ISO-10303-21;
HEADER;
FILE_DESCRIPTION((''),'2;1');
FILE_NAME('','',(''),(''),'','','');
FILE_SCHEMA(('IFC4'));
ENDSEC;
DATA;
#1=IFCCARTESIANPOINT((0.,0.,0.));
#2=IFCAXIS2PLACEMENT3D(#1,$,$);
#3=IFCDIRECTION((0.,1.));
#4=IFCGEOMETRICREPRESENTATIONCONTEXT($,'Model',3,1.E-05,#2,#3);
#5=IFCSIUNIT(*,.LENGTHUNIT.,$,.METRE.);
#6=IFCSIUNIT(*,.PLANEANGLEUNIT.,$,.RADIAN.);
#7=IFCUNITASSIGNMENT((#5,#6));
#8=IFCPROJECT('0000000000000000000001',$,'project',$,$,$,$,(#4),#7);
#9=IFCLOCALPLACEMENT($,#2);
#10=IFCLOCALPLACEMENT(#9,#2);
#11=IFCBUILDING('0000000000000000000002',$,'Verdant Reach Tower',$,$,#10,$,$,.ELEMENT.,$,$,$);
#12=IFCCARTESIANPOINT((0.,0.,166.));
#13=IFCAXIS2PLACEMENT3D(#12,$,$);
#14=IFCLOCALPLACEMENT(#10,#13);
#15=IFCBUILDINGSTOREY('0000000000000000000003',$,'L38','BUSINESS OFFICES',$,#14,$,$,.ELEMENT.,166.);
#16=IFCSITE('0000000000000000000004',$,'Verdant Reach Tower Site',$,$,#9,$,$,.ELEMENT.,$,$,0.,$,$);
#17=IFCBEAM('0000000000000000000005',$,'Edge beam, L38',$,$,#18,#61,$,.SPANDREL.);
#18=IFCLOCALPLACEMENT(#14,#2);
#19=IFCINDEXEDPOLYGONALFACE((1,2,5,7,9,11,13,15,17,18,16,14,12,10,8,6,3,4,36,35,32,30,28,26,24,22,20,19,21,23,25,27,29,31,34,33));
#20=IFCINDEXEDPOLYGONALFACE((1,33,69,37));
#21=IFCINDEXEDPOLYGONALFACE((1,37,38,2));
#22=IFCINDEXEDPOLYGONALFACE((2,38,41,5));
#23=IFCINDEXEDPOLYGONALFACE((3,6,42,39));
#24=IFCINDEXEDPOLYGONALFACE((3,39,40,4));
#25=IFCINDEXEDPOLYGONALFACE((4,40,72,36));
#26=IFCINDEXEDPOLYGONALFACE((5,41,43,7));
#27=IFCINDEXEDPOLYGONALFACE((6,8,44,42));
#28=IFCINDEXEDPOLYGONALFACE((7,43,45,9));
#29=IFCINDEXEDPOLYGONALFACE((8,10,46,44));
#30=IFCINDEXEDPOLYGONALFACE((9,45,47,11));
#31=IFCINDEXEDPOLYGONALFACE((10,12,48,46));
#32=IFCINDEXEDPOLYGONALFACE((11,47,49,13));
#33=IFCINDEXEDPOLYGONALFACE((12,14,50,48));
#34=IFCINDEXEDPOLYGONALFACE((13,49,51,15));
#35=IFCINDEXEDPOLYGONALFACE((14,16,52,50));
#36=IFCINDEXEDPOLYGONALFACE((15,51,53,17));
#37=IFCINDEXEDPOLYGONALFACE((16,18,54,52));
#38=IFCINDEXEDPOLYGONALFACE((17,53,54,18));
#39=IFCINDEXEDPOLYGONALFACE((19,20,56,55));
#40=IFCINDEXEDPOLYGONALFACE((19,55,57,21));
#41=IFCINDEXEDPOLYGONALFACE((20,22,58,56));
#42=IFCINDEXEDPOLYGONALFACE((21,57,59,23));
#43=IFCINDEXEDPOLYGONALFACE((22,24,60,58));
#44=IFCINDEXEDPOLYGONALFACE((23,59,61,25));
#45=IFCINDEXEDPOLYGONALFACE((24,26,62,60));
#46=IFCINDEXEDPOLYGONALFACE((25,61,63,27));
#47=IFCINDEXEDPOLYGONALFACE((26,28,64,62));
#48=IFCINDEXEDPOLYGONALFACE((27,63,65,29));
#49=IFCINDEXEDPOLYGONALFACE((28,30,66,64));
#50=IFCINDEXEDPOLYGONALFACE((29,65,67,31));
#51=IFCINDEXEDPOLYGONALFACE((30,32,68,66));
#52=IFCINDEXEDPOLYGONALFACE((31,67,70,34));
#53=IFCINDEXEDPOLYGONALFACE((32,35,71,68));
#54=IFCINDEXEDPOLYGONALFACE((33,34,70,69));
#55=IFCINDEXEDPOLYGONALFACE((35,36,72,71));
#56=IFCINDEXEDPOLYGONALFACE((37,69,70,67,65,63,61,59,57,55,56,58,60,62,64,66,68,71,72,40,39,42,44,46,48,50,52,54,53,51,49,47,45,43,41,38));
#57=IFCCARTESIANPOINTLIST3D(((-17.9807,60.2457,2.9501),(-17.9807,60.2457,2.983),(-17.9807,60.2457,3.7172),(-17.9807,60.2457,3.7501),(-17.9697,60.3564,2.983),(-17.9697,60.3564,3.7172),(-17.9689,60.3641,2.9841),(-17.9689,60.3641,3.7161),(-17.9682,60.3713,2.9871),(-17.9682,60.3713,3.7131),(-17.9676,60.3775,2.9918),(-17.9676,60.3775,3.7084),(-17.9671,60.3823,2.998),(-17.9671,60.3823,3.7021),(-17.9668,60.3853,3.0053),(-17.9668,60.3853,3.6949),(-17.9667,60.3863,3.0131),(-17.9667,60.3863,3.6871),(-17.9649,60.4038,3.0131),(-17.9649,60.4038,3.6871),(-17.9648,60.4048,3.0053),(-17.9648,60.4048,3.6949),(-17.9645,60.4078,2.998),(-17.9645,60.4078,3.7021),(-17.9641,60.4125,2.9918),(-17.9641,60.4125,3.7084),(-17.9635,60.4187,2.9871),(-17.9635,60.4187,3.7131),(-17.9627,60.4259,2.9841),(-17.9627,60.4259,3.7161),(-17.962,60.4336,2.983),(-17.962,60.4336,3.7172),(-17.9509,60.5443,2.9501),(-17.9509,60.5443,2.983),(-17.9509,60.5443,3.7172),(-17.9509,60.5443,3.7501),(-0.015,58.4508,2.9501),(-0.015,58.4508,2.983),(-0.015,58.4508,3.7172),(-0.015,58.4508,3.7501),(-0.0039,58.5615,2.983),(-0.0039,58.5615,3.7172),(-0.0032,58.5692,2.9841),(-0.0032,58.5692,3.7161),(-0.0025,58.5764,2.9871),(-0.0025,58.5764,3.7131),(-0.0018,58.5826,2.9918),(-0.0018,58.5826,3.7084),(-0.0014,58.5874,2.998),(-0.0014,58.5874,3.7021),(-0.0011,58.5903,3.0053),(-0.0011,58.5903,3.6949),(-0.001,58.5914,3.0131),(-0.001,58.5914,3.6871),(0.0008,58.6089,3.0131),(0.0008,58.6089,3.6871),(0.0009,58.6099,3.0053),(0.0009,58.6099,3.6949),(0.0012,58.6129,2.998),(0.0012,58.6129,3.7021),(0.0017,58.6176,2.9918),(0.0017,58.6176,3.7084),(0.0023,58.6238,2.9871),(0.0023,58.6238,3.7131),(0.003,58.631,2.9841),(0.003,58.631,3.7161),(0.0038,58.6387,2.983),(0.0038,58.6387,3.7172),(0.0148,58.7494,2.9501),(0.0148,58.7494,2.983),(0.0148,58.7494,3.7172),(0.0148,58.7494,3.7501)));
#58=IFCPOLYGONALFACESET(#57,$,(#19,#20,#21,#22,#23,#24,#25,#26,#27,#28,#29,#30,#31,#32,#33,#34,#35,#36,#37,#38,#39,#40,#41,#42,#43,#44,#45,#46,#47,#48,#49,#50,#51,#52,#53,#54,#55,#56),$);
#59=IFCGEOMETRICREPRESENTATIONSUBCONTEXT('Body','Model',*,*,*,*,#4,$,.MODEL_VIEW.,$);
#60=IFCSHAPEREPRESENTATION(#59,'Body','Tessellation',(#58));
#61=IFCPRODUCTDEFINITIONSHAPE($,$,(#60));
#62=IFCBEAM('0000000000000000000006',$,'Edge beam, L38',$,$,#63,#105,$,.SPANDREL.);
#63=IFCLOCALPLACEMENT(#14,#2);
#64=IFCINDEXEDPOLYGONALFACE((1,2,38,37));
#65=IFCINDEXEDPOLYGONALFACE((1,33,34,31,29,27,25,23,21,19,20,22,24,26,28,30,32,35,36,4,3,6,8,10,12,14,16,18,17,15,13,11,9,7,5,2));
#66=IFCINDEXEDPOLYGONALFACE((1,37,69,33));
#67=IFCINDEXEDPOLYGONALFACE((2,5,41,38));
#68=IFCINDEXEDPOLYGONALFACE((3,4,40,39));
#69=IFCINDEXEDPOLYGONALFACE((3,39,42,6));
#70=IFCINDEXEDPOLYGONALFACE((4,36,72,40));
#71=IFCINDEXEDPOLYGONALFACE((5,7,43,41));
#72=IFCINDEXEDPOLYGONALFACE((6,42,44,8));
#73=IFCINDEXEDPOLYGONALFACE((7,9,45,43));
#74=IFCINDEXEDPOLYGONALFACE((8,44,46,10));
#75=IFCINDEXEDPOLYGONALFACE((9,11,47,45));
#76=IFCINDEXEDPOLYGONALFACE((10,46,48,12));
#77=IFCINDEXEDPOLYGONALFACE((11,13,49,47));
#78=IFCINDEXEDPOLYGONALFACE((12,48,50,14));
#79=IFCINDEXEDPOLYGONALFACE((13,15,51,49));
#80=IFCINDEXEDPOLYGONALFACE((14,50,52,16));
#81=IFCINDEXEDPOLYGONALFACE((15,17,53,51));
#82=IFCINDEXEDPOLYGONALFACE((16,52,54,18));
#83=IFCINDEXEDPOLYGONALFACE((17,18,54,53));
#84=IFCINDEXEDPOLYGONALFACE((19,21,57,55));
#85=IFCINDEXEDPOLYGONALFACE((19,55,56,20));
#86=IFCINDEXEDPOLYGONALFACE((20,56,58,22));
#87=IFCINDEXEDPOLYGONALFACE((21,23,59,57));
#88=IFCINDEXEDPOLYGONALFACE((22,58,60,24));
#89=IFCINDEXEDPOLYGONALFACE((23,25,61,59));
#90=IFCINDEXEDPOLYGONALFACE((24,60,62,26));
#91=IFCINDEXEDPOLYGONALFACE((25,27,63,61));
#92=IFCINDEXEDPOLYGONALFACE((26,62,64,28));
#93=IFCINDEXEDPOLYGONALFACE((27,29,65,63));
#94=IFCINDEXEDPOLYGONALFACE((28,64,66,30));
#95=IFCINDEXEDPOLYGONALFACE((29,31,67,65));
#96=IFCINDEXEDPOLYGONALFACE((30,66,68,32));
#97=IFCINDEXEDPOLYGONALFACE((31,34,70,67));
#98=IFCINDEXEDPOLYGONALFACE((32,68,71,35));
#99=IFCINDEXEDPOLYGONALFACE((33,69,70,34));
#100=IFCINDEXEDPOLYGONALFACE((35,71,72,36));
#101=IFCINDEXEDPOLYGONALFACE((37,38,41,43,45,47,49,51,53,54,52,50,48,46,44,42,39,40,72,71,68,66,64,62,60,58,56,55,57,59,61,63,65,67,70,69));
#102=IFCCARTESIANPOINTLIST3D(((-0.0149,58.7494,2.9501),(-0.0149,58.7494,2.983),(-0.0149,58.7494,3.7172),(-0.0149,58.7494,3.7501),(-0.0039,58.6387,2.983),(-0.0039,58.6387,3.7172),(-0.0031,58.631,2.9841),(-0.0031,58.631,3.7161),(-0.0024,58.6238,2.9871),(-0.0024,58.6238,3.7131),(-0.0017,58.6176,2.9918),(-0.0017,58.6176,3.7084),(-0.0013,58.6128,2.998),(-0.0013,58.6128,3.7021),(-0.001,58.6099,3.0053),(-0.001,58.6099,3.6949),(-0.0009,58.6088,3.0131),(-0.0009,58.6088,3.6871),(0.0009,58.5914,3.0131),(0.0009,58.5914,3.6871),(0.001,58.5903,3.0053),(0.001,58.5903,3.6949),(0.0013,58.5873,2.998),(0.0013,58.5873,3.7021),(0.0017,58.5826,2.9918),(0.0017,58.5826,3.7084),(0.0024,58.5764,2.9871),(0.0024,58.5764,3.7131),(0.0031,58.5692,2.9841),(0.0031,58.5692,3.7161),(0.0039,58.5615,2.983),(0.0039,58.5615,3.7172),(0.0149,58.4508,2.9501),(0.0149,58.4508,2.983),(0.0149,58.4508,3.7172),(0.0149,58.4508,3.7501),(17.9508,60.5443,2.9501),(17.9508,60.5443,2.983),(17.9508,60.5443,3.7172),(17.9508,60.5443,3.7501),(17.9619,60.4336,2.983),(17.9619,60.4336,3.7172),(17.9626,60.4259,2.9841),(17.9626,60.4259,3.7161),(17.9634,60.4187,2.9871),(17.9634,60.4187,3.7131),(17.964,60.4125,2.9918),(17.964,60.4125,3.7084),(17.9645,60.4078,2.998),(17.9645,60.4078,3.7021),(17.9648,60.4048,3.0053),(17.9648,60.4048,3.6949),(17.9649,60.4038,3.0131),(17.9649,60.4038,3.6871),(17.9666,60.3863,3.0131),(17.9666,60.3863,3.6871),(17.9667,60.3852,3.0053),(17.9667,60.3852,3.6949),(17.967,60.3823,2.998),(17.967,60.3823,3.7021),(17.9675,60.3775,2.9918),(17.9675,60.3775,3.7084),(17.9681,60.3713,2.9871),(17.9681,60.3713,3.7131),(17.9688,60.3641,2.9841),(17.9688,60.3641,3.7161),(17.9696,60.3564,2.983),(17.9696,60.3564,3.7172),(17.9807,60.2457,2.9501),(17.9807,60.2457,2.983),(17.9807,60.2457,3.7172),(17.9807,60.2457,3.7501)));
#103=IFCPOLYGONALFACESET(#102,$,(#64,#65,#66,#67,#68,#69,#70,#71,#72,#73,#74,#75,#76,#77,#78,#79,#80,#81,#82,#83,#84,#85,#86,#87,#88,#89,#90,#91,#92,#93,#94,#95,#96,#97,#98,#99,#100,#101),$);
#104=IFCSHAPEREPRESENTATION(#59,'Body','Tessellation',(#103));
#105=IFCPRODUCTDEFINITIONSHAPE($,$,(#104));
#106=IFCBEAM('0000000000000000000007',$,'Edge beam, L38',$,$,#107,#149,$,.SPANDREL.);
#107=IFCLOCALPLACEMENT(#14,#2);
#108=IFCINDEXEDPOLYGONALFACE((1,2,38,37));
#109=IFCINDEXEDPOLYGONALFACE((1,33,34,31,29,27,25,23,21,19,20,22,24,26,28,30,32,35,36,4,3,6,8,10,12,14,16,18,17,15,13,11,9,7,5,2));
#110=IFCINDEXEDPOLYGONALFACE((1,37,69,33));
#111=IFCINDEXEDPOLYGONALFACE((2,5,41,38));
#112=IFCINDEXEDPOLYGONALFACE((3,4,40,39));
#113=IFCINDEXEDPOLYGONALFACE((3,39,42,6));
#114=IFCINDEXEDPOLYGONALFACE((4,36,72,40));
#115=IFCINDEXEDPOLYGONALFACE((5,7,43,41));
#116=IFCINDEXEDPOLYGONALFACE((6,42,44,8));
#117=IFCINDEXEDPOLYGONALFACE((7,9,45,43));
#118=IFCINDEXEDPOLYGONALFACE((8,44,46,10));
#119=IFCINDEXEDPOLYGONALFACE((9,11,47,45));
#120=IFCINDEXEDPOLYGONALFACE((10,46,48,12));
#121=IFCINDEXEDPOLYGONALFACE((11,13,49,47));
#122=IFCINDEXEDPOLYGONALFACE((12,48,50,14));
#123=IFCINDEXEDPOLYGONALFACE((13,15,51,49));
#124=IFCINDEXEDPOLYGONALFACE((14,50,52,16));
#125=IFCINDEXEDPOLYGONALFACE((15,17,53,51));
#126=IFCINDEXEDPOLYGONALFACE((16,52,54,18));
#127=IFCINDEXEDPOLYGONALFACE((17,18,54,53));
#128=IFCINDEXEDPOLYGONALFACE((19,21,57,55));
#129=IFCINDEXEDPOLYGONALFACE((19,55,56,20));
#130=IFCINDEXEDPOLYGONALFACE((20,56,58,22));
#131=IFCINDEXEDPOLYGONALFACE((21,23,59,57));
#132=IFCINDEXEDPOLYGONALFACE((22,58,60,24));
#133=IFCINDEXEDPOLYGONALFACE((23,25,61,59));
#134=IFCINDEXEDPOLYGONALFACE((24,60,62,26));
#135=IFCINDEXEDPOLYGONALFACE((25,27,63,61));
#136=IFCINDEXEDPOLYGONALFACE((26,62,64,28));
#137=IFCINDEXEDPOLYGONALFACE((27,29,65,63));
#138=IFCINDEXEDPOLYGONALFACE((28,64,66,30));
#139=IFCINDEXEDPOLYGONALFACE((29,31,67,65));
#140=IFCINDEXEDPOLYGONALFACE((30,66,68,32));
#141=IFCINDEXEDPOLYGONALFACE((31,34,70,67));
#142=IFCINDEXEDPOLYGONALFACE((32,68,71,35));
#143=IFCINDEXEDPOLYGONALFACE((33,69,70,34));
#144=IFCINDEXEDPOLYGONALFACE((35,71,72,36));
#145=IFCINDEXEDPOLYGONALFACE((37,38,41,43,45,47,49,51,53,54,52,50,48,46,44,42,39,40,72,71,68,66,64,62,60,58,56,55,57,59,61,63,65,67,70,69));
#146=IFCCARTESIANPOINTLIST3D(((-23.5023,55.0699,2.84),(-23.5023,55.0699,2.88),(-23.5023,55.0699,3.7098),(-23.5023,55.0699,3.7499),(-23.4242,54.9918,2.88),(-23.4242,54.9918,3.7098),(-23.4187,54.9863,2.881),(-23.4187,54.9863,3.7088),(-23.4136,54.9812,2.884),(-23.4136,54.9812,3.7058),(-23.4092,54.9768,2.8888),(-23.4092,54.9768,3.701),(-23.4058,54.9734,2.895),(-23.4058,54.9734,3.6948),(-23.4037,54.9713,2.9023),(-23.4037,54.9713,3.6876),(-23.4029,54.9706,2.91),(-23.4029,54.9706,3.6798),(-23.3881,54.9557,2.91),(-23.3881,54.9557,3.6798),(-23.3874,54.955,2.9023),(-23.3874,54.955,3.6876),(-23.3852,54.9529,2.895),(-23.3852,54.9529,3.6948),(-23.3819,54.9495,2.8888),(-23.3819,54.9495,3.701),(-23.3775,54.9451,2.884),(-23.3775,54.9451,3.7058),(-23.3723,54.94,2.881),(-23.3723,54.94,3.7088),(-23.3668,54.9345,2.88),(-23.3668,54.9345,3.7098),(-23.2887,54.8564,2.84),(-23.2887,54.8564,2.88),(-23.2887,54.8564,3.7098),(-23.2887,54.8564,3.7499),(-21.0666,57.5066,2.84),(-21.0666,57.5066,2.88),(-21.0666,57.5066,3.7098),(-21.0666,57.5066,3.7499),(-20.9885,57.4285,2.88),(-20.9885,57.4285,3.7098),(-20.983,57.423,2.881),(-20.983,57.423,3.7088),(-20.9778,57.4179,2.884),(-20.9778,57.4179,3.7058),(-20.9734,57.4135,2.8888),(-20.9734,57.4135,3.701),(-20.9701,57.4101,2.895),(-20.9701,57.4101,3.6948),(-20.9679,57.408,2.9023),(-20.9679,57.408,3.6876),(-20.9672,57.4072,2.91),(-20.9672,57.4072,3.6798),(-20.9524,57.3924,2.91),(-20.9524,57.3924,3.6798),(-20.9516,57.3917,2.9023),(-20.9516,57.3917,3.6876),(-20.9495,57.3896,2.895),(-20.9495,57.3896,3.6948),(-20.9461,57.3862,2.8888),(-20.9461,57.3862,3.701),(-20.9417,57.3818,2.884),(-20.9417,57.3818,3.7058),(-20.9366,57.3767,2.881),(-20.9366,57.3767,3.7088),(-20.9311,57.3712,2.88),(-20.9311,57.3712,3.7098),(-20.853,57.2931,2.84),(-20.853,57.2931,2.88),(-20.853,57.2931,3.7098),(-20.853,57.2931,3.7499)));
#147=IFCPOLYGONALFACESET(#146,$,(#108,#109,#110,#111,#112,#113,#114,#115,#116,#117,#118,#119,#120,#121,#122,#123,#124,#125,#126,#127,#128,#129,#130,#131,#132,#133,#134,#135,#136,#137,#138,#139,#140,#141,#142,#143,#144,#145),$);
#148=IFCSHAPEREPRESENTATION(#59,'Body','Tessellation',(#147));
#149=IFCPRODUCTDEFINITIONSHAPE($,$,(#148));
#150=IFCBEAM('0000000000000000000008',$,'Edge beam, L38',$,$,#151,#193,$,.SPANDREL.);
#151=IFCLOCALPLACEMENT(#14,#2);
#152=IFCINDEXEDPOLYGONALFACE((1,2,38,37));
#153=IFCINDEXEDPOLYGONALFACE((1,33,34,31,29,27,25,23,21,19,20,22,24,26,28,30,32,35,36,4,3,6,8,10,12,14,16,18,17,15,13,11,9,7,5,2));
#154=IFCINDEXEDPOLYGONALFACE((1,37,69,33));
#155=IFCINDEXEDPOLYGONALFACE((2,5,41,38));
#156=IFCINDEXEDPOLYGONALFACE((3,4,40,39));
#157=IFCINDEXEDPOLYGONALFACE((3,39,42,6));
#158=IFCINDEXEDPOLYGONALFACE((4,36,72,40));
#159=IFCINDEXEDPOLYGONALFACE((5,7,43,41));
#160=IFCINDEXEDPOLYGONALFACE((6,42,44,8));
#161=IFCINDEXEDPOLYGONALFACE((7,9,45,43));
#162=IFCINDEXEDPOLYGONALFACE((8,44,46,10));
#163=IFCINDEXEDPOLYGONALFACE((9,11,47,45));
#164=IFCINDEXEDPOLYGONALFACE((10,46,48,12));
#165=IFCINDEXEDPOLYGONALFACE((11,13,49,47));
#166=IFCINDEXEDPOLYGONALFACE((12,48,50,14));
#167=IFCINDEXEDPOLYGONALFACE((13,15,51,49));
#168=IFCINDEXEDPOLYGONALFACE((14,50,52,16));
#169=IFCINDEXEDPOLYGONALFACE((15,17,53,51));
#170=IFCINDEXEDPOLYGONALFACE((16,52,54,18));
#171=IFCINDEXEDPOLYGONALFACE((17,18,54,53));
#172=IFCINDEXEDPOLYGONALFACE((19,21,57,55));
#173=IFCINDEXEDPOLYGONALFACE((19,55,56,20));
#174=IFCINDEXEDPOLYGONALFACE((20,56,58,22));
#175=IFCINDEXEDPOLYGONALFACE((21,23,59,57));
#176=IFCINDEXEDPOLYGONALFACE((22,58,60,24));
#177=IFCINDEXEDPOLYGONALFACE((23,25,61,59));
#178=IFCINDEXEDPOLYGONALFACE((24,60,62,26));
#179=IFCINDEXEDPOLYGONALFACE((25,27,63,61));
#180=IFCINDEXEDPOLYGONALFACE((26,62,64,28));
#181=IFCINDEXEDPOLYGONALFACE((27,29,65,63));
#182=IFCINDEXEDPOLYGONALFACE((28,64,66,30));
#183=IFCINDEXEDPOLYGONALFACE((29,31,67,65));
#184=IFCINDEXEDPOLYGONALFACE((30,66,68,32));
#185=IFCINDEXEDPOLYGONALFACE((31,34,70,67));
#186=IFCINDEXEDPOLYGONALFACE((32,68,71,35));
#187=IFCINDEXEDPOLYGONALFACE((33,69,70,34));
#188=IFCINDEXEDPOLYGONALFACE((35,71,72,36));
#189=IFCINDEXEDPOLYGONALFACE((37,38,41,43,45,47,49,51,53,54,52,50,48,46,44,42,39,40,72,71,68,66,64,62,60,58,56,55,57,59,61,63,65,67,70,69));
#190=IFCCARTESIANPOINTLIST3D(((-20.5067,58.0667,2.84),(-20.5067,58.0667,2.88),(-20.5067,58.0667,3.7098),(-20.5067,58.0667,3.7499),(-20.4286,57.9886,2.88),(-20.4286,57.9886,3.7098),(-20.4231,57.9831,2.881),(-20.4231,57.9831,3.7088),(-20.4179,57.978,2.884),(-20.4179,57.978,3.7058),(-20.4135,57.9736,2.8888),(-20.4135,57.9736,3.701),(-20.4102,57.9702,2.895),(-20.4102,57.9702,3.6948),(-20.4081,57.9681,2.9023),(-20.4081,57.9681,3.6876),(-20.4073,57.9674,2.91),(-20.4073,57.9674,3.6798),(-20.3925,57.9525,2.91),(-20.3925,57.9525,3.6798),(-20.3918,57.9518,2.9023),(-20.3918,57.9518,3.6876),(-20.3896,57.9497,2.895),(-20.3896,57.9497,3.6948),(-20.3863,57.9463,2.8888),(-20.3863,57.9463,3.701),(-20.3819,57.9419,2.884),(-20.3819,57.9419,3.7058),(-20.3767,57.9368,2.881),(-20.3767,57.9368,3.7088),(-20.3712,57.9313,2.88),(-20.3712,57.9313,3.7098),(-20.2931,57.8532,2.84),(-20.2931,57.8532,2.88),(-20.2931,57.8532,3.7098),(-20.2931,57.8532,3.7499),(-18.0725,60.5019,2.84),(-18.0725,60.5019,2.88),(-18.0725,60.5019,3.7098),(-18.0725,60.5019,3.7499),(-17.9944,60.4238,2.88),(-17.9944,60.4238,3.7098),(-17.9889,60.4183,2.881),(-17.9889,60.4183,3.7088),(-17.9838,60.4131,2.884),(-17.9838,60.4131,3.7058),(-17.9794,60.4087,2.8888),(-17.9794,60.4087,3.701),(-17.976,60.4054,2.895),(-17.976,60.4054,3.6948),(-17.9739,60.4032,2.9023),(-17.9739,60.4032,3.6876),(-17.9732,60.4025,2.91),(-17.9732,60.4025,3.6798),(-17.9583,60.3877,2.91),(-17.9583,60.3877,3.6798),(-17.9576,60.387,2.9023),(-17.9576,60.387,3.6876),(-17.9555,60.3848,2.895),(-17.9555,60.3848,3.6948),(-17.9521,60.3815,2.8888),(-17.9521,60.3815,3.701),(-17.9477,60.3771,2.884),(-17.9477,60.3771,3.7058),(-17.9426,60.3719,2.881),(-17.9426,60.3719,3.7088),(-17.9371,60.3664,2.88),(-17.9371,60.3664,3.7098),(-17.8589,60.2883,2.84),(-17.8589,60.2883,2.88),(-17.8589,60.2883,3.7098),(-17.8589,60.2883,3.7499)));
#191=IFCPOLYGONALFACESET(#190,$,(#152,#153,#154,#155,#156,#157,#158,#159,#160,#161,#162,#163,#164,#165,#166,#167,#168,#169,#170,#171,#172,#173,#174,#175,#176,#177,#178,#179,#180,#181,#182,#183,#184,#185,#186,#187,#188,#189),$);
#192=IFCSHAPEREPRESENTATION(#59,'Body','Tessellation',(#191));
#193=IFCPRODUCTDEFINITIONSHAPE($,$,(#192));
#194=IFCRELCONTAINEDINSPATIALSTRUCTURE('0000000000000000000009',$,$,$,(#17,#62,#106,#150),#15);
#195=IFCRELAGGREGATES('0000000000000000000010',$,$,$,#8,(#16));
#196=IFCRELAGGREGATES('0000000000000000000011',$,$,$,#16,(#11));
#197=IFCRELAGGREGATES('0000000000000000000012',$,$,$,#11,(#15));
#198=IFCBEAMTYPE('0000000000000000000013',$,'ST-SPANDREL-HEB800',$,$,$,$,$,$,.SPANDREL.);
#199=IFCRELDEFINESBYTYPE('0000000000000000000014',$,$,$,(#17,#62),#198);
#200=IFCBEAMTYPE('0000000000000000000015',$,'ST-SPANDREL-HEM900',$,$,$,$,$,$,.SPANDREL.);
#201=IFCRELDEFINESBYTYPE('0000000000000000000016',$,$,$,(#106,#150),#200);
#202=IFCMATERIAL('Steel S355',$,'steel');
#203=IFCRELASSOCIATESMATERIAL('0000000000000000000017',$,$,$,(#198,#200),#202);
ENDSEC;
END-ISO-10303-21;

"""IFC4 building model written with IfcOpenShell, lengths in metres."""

from ifc_helpers import new_model, si_unit, direction, frame, origin, origin_2d, place, context, subcontext, project, spatial, i_section, extrude, material, material_profile, profile_set, type_object, element, save


model = new_model("IFC4")

# Units and contexts
model_context = context("Model", 3, precision=1e-05, world=origin(), true_north=direction((0.0, 1.0)))
body_context = subcontext(model_context, "Body", "Model", "MODEL_VIEW")
ifc_project = project(units=[si_unit("LENGTHUNIT", "METRE"), si_unit("PLANEANGLEUNIT", "RADIAN")], contexts=[model_context])

# Site, building, storey
site_placement = place(None, origin())
site = spatial("IfcSite", under=ifc_project, at=site_placement, Name="Verdant Reach Tower Site", CompositionType="ELEMENT", RefElevation=0.0)
building_placement = place(site_placement, origin())
building = spatial("IfcBuilding", under=site, at=building_placement, Name="Verdant Reach Tower", CompositionType="ELEMENT")
storey_placement = place(building_placement, frame((0.0, 0.0, 166.0)))
storey = spatial("IfcBuildingStorey", under=building, at=storey_placement, Name="L38", Description="BUSINESS OFFICES", CompositionType="ELEMENT", Elevation=166.0)

# Beams
ifc_material_1 = material(Name="Steel S355", Category="steel")
ifc_material_profile_1 = material_profile(ifc_material_1, i_section(OverallWidth=0.3, OverallDepth=0.8, WebThickness=0.0176, FlangeThickness=0.033, FilletRadius=0.03, at=origin_2d()), Name="HEB 800")
ifc_profile_set_1 = profile_set([ifc_material_profile_1], Name="Steel S355")
beam_type_1 = type_object("IfcBeamType", Name="ST-SPANDREL-HEB800", PredefinedType="SPANDREL", material=ifc_profile_set_1)
for number, where, z_axis, x_axis, name in (
    (1, (-17.9658, 60.395, 3.3501), (0.995046, -0.099413, 0.0), (0.099413, 0.995046, 0.0), "Edge beam, L38"),
    (2, (0.0, 58.6001, 3.3501), (0.995046, 0.099413, 0.0), (-0.099413, 0.995046, 0.0), "Edge beam, L38"),
):
    element("IfcBeam", number, at=place(storey_placement, frame(where, z_axis=z_axis, x_axis=x_axis)), inside=storey, type_object=beam_type_1, Name=name, PredefinedType="SPANDREL", context=body_context, shape_type="SweptSolid", body=[
        extrude(i_section(OverallWidth=0.3, OverallDepth=0.8, WebThickness=0.0176, FlangeThickness=0.033, FilletRadius=0.03, at=origin_2d()), origin(), (0.0, 0.0, 1.0), 18.0552),
    ])
ifc_material_profile_2 = material_profile(ifc_material_1, i_section(OverallWidth=0.302, OverallDepth=0.9099, WebThickness=0.021, FlangeThickness=0.04, FilletRadius=0.03, at=origin_2d()), Name="HEM 900")
ifc_profile_set_2 = profile_set([ifc_material_profile_2], Name="Steel S355")
beam_type_2 = type_object("IfcBeamType", Name="ST-SPANDREL-HEM900", PredefinedType="SPANDREL", material=ifc_profile_set_2)
beam_1_placement = place(storey_placement, frame((-23.3955, 54.9631, 3.2949), z_axis=(0.706965, 0.707248, 0.0), x_axis=(-0.707248, 0.706965, 0.0)))
element("IfcBeam", 3, at=beam_1_placement, inside=storey, type_object=beam_type_2, Name="Edge beam, L38", PredefinedType="SPANDREL", context=body_context, shape_type="SweptSolid", body=[
    extrude(i_section(OverallWidth=0.302, OverallDepth=0.9099, WebThickness=0.021, FlangeThickness=0.04, FilletRadius=0.03, at=origin_2d()), origin(), (0.0, 0.0, 1.0), 3.4453),
])
beam_2_placement = place(storey_placement, frame((-20.3999, 57.96, 3.2949), z_axis=(0.706965, 0.707249, 0.0), x_axis=(-0.707249, 0.706965, 0.0)))
element("IfcBeam", 4, at=beam_2_placement, inside=storey, type_object=beam_type_2, Name="Edge beam, L38", PredefinedType="SPANDREL", context=body_context, shape_type="SweptSolid", body=[
    extrude(i_section(OverallWidth=0.302, OverallDepth=0.9099, WebThickness=0.021, FlangeThickness=0.04, FilletRadius=0.03, at=origin_2d()), origin(), (0.0, 0.0, 1.0), 3.4431),
])

save(model, "model.ifc")
